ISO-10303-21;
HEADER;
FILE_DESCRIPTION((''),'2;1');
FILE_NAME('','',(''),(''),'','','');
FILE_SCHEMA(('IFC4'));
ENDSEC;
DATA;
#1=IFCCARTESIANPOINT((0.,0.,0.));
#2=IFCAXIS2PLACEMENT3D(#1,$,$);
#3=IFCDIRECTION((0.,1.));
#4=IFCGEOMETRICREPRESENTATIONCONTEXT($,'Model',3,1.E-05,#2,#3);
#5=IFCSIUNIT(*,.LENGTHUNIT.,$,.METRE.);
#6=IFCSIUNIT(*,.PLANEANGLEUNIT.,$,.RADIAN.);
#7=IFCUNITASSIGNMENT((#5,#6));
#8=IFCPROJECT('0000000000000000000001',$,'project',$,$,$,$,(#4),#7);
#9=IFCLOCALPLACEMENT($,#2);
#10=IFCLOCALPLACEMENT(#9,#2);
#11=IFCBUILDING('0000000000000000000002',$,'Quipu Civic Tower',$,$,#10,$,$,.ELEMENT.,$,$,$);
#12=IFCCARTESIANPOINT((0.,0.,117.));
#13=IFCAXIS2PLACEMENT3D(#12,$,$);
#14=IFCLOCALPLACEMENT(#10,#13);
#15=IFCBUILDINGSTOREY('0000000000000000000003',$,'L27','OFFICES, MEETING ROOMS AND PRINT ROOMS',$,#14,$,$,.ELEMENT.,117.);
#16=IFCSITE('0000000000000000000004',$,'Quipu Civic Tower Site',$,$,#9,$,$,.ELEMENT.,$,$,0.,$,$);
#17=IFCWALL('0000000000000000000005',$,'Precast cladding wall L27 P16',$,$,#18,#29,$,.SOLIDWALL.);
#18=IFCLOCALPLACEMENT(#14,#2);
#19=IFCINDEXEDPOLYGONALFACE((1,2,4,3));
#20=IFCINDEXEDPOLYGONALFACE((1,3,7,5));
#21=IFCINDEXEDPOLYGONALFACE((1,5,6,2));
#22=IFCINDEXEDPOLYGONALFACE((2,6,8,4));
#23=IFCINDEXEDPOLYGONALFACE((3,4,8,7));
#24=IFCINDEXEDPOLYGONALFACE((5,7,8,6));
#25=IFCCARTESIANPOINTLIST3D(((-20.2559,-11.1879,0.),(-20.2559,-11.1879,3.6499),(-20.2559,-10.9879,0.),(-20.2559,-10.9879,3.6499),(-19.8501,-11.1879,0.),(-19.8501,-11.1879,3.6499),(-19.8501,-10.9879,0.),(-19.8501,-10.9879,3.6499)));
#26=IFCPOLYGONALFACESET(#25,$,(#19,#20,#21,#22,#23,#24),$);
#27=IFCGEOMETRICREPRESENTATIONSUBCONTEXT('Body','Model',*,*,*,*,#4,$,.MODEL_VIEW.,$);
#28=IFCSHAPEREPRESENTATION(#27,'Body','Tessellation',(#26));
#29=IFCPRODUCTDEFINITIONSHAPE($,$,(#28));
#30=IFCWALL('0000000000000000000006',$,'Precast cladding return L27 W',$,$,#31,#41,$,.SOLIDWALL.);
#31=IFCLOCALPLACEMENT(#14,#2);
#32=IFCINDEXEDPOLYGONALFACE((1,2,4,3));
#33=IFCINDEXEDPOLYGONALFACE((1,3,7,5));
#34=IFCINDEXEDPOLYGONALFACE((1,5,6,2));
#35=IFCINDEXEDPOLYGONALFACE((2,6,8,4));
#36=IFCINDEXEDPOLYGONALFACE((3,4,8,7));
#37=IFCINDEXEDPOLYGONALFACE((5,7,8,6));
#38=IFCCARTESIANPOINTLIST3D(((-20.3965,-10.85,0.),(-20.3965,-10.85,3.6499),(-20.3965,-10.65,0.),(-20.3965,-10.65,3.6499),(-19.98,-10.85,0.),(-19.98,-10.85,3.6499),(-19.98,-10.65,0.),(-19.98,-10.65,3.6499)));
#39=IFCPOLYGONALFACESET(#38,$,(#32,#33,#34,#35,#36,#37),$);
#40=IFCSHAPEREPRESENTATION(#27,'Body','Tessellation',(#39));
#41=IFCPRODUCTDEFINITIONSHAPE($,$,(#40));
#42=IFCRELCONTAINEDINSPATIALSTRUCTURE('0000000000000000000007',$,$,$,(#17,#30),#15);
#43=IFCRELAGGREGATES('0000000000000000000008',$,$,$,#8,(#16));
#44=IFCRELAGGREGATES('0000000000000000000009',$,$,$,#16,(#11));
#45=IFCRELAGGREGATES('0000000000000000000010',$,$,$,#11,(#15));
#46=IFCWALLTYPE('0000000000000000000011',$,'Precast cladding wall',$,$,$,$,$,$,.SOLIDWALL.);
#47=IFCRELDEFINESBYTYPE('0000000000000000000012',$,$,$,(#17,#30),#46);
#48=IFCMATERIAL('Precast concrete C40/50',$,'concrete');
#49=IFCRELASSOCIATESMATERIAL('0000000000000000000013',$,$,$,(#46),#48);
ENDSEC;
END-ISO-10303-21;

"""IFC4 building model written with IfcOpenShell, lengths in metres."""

from ifc_helpers import new_model, si_unit, direction, frame, frame_2d, origin, place, context, subcontext, project, spatial, rectangle, extrude, material, type_object, element, save


model = new_model("IFC4")

# Units and contexts
model_context = context("Model", 3, precision=1e-05, world=origin(), true_north=direction((0.0, 1.0)))
body_context = subcontext(model_context, "Body", "Model", "MODEL_VIEW")
ifc_project = project(units=[si_unit("LENGTHUNIT", "METRE"), si_unit("PLANEANGLEUNIT", "RADIAN")], contexts=[model_context])

# Site, building, storey
site_placement = place(None, origin())
site = spatial("IfcSite", under=ifc_project, at=site_placement, Name="Quipu Civic Tower Site", CompositionType="ELEMENT", RefElevation=0.0)
building_placement = place(site_placement, origin())
building = spatial("IfcBuilding", under=site, at=building_placement, Name="Quipu Civic Tower", CompositionType="ELEMENT")
storey_placement = place(building_placement, frame((0.0, 0.0, 117.0)))
storey = spatial("IfcBuildingStorey", under=building, at=storey_placement, Name="L27", Description="OFFICES, MEETING ROOMS AND PRINT ROOMS", CompositionType="ELEMENT", Elevation=117.0)

# Walls
ifc_material_1 = material(Name="Precast concrete C40/50", Category="concrete")
wall_type_1 = type_object("IfcWallType", Name="Precast cladding wall", PredefinedType="SOLIDWALL", material=ifc_material_1)
wall_1_placement = place(storey_placement, frame((-20.2559, -11.0879, 0.0), z_axis=(0.0, 0.0, 1.0), x_axis=(1.0, 0.0, 0.0)))
element("IfcWall", 1, at=wall_1_placement, inside=storey, type_object=wall_type_1, Name="Precast cladding wall L27 P16", PredefinedType="SOLIDWALL", context=body_context, shape_type="SweptSolid", body=[
    extrude(rectangle(XDim=0.4058, YDim=0.2, at=frame_2d((0.2029, 0.0))), origin(), (0.0, 0.0, 1.0), 3.6499),
])
wall_2_placement = place(storey_placement, frame((-19.98, -10.75, 0.0), z_axis=(0.0, 0.0, 1.0), x_axis=(-1.0, 0.0, 0.0)))
element("IfcWall", 2, at=wall_2_placement, inside=storey, type_object=wall_type_1, Name="Precast cladding return L27 W", PredefinedType="SOLIDWALL", context=body_context, shape_type="SweptSolid", body=[
    extrude(rectangle(XDim=0.4165, YDim=0.2, at=frame_2d((0.2083, 0.0))), origin(), (0.0, 0.0, 1.0), 3.6499),
])

save(model, "model.ifc")
